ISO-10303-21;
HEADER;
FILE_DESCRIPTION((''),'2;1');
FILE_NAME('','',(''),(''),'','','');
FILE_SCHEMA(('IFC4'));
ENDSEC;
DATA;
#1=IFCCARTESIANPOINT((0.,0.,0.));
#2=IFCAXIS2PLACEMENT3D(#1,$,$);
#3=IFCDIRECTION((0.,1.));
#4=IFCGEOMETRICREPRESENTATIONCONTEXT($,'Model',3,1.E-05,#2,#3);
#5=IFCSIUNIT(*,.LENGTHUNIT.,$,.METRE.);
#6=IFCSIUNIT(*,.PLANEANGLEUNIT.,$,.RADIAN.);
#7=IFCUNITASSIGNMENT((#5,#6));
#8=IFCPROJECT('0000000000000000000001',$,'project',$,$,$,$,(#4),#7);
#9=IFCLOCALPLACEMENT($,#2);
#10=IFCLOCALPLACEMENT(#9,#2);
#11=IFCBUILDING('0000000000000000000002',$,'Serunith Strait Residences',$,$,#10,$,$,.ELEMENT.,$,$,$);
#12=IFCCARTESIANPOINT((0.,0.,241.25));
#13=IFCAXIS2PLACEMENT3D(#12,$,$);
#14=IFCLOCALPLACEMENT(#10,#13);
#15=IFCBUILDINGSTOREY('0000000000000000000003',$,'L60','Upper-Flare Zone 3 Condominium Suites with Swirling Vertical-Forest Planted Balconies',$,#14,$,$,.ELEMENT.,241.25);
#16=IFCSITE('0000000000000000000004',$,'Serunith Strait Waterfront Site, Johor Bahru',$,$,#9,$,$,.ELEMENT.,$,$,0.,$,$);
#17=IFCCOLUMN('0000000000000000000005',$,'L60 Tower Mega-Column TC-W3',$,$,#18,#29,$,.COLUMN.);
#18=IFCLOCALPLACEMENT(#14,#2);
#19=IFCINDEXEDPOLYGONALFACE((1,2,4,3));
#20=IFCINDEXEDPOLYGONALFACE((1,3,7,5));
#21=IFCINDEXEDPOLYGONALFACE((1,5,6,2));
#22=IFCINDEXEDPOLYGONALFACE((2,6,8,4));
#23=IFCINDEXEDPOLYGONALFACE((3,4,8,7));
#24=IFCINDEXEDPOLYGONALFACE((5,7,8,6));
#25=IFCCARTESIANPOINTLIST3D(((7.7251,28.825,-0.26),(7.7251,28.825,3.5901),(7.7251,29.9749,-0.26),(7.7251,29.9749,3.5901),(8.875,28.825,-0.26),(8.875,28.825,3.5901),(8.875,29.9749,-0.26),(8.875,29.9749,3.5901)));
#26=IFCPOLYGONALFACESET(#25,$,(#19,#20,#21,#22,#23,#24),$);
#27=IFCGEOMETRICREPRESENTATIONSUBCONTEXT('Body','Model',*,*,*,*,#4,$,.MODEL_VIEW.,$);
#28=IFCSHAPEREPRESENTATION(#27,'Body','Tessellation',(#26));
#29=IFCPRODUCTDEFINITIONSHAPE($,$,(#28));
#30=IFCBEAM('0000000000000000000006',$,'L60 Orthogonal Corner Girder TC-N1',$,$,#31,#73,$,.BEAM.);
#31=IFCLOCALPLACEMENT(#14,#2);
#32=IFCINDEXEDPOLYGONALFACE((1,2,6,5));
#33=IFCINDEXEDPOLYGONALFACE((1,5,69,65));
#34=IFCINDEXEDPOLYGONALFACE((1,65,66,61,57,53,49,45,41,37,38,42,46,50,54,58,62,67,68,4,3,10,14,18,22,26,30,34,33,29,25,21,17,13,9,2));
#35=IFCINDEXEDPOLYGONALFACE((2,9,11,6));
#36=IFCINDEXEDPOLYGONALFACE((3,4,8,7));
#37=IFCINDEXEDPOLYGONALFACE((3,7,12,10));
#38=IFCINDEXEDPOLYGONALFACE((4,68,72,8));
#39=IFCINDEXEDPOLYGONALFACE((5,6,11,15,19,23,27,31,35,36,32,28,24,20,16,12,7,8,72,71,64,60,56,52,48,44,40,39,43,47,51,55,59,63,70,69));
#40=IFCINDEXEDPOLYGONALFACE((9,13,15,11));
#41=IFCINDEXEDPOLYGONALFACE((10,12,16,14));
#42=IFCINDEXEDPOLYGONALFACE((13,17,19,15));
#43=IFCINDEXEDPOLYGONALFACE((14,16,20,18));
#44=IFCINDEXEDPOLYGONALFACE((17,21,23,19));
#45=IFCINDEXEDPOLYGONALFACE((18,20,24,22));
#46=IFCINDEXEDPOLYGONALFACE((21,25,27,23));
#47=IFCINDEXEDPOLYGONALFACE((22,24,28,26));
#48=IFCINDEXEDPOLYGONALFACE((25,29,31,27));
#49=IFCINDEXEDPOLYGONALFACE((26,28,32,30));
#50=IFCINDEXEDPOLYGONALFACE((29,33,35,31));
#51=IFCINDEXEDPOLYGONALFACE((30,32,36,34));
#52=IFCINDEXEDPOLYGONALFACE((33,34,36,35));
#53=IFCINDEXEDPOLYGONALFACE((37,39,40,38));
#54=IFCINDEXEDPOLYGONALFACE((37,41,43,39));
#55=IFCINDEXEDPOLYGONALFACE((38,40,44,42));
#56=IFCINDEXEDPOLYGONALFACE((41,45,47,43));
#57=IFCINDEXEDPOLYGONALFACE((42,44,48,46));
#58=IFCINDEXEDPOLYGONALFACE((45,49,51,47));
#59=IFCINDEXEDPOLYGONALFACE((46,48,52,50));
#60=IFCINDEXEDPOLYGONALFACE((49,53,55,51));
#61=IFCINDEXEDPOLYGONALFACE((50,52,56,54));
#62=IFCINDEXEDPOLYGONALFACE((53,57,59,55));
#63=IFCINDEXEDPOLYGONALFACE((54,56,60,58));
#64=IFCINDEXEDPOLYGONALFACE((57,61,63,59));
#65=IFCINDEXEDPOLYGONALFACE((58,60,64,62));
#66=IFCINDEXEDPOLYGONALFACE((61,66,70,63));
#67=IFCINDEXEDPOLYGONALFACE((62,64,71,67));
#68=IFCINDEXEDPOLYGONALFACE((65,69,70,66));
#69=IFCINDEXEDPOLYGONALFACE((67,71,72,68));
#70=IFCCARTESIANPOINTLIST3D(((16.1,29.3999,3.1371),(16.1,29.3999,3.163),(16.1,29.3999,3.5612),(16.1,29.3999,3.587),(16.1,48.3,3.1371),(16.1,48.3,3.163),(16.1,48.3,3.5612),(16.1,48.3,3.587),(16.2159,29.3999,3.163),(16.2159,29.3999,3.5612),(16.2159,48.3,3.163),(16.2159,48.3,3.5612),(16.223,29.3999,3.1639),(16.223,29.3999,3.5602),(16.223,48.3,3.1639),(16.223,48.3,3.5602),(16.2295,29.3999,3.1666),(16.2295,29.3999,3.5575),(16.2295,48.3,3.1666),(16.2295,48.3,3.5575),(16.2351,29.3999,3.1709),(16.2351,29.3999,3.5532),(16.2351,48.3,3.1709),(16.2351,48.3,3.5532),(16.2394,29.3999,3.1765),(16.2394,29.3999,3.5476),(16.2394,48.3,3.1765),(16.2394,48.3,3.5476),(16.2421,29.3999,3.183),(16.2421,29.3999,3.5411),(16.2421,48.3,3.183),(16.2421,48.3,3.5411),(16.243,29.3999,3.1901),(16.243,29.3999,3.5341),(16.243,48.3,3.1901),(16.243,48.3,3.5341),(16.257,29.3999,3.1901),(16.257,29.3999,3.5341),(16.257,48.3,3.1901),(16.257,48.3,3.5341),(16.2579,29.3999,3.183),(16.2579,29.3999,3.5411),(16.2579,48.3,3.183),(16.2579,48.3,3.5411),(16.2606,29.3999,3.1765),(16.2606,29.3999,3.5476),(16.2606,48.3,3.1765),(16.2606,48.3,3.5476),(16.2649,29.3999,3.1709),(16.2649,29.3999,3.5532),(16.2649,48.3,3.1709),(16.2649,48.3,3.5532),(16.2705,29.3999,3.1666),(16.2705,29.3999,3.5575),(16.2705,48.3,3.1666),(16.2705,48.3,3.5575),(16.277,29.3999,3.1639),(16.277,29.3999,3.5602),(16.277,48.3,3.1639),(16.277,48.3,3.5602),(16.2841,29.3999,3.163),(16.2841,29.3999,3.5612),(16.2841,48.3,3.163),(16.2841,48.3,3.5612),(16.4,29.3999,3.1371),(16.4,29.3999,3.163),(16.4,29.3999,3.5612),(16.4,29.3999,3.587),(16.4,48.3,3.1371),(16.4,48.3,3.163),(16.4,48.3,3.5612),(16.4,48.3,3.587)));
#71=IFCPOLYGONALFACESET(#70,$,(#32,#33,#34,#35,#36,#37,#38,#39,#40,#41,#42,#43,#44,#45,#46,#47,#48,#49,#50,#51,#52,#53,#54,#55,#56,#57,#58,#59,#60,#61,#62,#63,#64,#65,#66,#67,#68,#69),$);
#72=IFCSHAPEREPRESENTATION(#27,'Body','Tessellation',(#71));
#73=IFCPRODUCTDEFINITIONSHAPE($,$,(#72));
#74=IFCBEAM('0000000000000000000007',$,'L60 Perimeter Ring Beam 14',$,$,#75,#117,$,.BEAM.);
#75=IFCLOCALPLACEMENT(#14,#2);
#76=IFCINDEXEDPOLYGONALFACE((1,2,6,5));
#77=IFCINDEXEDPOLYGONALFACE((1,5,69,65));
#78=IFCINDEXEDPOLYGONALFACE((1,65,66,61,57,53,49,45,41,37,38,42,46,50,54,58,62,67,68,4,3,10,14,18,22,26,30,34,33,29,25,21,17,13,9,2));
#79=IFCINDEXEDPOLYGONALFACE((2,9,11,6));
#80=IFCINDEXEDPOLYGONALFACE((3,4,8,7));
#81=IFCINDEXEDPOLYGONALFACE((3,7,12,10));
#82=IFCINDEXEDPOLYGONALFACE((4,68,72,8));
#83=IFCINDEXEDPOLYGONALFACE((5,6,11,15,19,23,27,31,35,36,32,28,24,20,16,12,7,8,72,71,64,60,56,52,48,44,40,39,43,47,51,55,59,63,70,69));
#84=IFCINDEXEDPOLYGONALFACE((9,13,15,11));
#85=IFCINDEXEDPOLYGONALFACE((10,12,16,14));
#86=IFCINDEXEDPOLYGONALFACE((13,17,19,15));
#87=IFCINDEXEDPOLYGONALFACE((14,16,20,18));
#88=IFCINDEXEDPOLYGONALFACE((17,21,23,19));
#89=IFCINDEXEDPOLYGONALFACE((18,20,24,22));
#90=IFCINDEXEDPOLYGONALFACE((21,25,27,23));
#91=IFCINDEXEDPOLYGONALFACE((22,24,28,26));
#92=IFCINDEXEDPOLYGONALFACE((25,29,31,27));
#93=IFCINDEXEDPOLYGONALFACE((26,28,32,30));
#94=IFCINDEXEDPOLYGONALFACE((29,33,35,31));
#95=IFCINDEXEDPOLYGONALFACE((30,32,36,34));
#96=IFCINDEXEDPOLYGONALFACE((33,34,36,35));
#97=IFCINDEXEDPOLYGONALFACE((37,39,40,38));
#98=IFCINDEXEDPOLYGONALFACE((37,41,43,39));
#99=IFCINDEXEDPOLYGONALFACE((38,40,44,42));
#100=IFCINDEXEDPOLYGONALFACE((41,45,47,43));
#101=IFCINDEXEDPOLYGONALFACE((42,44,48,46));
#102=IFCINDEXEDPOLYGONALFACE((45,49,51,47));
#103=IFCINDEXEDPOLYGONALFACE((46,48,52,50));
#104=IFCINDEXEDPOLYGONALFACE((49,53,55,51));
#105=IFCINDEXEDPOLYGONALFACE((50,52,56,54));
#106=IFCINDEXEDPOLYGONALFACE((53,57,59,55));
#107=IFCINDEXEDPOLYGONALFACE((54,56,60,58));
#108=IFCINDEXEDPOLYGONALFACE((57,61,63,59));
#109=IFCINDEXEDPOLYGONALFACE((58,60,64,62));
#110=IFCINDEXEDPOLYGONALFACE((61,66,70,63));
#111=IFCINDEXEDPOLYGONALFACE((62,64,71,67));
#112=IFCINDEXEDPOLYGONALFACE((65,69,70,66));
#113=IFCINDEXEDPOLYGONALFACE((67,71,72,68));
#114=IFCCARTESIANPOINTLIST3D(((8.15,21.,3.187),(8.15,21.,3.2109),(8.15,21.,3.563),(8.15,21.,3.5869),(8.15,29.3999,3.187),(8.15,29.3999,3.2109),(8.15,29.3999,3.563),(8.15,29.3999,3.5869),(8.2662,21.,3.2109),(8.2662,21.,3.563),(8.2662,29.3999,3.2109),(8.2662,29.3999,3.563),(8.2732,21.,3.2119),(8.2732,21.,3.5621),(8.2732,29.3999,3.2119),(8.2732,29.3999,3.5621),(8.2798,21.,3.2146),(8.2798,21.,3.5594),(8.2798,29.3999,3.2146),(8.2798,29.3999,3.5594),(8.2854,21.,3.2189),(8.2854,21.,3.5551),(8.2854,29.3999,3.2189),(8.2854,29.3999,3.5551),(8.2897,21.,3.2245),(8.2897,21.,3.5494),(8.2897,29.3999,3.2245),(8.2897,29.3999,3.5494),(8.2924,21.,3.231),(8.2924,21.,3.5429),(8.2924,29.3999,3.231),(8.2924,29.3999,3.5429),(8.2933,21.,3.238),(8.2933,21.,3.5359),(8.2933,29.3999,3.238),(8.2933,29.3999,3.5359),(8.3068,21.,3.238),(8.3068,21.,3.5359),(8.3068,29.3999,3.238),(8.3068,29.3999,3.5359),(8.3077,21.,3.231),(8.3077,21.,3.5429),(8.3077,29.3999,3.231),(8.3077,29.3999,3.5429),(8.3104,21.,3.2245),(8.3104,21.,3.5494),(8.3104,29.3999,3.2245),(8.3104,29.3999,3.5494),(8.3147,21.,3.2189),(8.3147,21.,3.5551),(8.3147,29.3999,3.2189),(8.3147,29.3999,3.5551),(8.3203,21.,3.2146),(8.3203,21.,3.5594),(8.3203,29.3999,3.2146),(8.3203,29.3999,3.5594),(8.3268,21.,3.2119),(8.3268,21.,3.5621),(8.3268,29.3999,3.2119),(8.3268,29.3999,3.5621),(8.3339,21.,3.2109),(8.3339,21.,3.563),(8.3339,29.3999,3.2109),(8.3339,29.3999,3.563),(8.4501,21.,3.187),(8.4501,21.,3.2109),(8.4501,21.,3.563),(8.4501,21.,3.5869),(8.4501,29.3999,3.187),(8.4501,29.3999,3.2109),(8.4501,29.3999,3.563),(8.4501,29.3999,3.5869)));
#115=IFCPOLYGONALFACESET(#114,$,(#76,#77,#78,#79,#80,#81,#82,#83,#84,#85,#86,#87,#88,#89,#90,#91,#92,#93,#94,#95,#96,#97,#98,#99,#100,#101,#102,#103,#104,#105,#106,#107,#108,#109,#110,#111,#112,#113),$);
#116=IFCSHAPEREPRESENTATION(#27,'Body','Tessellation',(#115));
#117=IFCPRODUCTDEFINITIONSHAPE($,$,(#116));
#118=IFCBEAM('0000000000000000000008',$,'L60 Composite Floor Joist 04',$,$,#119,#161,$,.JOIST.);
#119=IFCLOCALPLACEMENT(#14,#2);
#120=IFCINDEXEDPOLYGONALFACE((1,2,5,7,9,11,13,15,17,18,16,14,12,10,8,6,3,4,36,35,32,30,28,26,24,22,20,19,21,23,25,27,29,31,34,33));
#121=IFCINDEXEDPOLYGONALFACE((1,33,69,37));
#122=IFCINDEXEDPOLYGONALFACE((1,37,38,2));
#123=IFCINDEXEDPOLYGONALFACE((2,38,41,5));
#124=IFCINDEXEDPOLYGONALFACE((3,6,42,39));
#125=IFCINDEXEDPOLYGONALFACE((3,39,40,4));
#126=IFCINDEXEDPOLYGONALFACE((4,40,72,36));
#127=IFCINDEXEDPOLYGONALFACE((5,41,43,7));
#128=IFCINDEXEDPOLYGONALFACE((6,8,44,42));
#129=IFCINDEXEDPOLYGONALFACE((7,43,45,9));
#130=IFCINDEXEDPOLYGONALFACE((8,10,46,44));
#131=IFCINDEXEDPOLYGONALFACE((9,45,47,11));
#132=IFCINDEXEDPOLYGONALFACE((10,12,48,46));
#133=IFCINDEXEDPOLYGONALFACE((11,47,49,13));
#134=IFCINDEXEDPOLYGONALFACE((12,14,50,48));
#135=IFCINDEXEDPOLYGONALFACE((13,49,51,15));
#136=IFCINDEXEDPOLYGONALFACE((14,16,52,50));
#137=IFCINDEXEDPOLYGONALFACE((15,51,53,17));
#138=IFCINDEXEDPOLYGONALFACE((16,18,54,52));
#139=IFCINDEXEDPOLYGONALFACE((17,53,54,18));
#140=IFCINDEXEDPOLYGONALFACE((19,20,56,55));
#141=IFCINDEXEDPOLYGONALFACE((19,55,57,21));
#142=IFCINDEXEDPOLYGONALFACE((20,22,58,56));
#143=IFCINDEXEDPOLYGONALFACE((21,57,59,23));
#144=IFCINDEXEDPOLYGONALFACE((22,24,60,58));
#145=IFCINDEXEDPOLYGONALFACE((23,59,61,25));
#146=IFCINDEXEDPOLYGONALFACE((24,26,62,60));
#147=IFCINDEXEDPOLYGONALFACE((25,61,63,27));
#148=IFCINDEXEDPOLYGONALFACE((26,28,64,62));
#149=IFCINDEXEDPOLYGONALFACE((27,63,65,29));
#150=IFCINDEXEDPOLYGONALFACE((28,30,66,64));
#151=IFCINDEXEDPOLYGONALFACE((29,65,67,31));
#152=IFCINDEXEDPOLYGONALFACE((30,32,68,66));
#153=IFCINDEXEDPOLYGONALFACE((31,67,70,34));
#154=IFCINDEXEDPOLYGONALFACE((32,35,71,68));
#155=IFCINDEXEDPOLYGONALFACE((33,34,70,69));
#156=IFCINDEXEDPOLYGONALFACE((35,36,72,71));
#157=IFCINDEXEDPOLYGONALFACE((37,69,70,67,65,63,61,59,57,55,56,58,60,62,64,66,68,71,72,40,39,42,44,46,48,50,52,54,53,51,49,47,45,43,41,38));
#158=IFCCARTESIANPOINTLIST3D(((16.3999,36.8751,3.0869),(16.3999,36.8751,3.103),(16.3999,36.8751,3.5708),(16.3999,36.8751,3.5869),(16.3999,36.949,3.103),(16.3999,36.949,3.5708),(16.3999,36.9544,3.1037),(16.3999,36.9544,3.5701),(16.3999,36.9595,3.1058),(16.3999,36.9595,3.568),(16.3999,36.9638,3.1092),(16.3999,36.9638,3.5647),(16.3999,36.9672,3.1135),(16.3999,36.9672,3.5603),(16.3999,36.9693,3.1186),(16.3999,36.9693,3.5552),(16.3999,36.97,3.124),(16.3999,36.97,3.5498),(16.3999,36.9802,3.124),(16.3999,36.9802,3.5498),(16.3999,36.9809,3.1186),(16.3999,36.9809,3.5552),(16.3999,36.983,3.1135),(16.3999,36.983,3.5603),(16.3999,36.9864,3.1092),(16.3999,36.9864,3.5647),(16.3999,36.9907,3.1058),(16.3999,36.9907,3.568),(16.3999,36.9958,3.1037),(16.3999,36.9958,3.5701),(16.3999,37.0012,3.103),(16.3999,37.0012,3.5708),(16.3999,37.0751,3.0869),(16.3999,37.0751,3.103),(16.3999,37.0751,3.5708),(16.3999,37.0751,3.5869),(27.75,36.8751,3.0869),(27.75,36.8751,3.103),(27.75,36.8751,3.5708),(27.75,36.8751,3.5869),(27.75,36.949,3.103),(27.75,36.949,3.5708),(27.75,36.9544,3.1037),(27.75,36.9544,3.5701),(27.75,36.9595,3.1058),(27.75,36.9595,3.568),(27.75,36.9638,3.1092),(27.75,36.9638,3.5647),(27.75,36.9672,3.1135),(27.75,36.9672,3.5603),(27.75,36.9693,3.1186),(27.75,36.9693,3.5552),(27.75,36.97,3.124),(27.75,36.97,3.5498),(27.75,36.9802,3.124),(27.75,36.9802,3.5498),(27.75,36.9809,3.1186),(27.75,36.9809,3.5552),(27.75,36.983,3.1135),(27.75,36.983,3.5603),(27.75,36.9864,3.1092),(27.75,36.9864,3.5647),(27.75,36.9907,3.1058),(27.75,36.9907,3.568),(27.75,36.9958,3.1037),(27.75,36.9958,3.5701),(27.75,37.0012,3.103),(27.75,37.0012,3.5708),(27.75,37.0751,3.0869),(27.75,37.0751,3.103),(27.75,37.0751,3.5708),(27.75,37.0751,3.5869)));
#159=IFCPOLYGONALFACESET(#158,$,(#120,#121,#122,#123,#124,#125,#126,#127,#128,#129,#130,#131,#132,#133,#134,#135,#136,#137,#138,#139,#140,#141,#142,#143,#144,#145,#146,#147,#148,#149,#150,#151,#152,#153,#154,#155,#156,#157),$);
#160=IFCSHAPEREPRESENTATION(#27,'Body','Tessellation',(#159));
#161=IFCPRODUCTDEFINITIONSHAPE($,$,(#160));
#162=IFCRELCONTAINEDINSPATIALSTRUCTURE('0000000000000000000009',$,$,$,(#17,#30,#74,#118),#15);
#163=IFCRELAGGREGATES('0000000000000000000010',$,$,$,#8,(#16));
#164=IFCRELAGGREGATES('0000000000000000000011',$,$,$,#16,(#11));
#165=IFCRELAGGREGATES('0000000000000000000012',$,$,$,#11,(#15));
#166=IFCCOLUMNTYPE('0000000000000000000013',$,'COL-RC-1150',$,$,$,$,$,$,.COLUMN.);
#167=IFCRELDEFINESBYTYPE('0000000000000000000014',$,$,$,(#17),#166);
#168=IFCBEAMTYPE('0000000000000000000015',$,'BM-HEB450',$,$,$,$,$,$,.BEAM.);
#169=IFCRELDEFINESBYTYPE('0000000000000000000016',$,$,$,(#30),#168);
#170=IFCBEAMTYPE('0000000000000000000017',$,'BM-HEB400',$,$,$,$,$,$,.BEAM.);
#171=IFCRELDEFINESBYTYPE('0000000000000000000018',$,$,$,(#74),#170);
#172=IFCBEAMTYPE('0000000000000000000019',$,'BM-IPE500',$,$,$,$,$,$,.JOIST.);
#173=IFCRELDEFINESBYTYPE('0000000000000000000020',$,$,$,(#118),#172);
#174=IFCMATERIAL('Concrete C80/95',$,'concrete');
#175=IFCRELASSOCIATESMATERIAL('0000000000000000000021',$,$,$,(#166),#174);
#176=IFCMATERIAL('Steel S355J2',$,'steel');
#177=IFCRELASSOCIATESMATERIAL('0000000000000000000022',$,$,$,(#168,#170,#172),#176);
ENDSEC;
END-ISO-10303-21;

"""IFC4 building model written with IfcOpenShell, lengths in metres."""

from ifc_helpers import new_model, si_unit, direction, frame, origin, origin_2d, place, context, subcontext, project, spatial, rectangle, i_section, extrude, source, transform, mapped, material, material_profile, profile_set, type_object, element, save


model = new_model("IFC4")

# Units and contexts
model_context = context("Model", 3, precision=1e-05, world=origin(), true_north=direction((0.0, 1.0)))
body_context = subcontext(model_context, "Body", "Model", "MODEL_VIEW")
ifc_project = project(units=[si_unit("LENGTHUNIT", "METRE"), si_unit("PLANEANGLEUNIT", "RADIAN")], contexts=[model_context])

# Site, building, storey
site_placement = place(None, origin())
site = spatial("IfcSite", under=ifc_project, at=site_placement, Name="Serunith Strait Waterfront Site, Johor Bahru", CompositionType="ELEMENT", RefElevation=0.0)
building_placement = place(site_placement, origin())
building = spatial("IfcBuilding", under=site, at=building_placement, Name="Serunith Strait Residences", CompositionType="ELEMENT")
storey_placement = place(building_placement, frame((0.0, 0.0, 241.25)))
storey = spatial("IfcBuildingStorey", under=building, at=storey_placement, Name="L60", Description="Upper-Flare Zone 3 Condominium Suites with Swirling Vertical-Forest Planted Balconies", CompositionType="ELEMENT", Elevation=241.25)

# Column
ifc_material_1 = material(Name="Concrete C80/95", Category="concrete")
ifc_material_profile_1 = material_profile(ifc_material_1, rectangle(XDim=1.1499, YDim=1.1499, at=origin_2d()), Name="RC 1150x1150")
ifc_profile_set_1 = profile_set([ifc_material_profile_1], Name="Concrete C80/95")
column_type = type_object("IfcColumnType", Name="COL-RC-1150", PredefinedType="COLUMN", material=ifc_profile_set_1)
shared_shape_1 = source(origin(), body_context, "Body", "SweptSolid", [
    extrude(rectangle(XDim=1.1499, YDim=1.1499, at=origin_2d()), origin(), (0.0, 0.0, 1.0), 3.8501),
])
column_placement = place(storey_placement, frame((8.3, 29.3999, -0.26), z_axis=(0.0, 0.0, 1.0), x_axis=(1.0, 0.0, 0.0)))
element("IfcColumn", 1, at=column_placement, inside=storey, type_object=column_type, Name="L60 Tower Mega-Column TC-W3", PredefinedType="COLUMN", context=body_context, shape_type="MappedRepresentation", body=[
    mapped(shared_shape_1, transform((0.0, 0.0, 0.0), scale=1.0)),
])

# Beams
ifc_material_2 = material(Name="Steel S355J2", Category="steel")
ifc_material_profile_2 = material_profile(ifc_material_2, i_section(OverallWidth=0.3, OverallDepth=0.45, WebThickness=0.0139, FlangeThickness=0.0259, FilletRadius=0.0271, at=origin_2d()), Name="HEB 450")
ifc_profile_set_2 = profile_set([ifc_material_profile_2], Name="Steel S355J2")
beam_type_1 = type_object("IfcBeamType", Name="BM-HEB450", PredefinedType="BEAM", material=ifc_profile_set_2)
shared_shape_2 = source(origin(), body_context, "Body", "SweptSolid", [
    extrude(i_section(OverallWidth=0.3, OverallDepth=0.45, WebThickness=0.0139, FlangeThickness=0.0259, FilletRadius=0.0271, at=origin_2d()), origin(), (0.0, 0.0, 1.0), 18.9001),
])
beam_1_placement = place(storey_placement, frame((16.25, 29.3999, 3.3621), z_axis=(0.0, 1.0, 0.0), x_axis=(-1.0, 0.0, 0.0)))
element("IfcBeam", 2, at=beam_1_placement, inside=storey, type_object=beam_type_1, Name="L60 Orthogonal Corner Girder TC-N1", PredefinedType="BEAM", context=body_context, shape_type="MappedRepresentation", body=[
    mapped(shared_shape_2, transform((0.0, 0.0, 0.0), scale=1.0)),
])
ifc_material_profile_3 = material_profile(ifc_material_2, i_section(OverallWidth=0.3, OverallDepth=0.3999, WebThickness=0.0134, FlangeThickness=0.0239, FilletRadius=0.0271, at=origin_2d()), Name="HEB 400")
ifc_profile_set_3 = profile_set([ifc_material_profile_3], Name="Steel S355J2")
beam_type_2 = type_object("IfcBeamType", Name="BM-HEB400", PredefinedType="BEAM", material=ifc_profile_set_3)
shared_shape_3 = source(origin(), body_context, "Body", "SweptSolid", [
    extrude(i_section(OverallWidth=0.3, OverallDepth=0.3999, WebThickness=0.0134, FlangeThickness=0.0239, FilletRadius=0.0271, at=origin_2d()), origin(), (0.0, 0.0, 1.0), 8.3999),
])
beam_2_placement = place(storey_placement, frame((8.3, 29.3999, 3.387), z_axis=(0.0, -1.0, 0.0), x_axis=(1.0, 0.0, 0.0)))
element("IfcBeam", 3, at=beam_2_placement, inside=storey, type_object=beam_type_2, Name="L60 Perimeter Ring Beam 14", PredefinedType="BEAM", context=body_context, shape_type="MappedRepresentation", body=[
    mapped(shared_shape_3, transform((0.0, 0.0, 0.0), scale=1.0)),
])
ifc_material_profile_4 = material_profile(ifc_material_2, i_section(OverallWidth=0.2, OverallDepth=0.5, WebThickness=0.0103, FlangeThickness=0.0161, FilletRadius=0.021, at=origin_2d()), Name="IPE 500")
ifc_profile_set_4 = profile_set([ifc_material_profile_4], Name="Steel S355J2")
beam_type_3 = type_object("IfcBeamType", Name="BM-IPE500", PredefinedType="JOIST", material=ifc_profile_set_4)
shared_shape_4 = source(origin(), body_context, "Body", "SweptSolid", [
    extrude(i_section(OverallWidth=0.2, OverallDepth=0.5, WebThickness=0.0103, FlangeThickness=0.0161, FilletRadius=0.021, at=origin_2d()), origin(), (0.0, 0.0, 1.0), 11.3501),
])
beam_3_placement = place(storey_placement, frame((16.3999, 36.9751, 3.3369), z_axis=(1.0, 0.0, 0.0), x_axis=(0.0, 1.0, 0.0)))
element("IfcBeam", 4, at=beam_3_placement, inside=storey, type_object=beam_type_3, Name="L60 Composite Floor Joist 04", PredefinedType="JOIST", context=body_context, shape_type="MappedRepresentation", body=[
    mapped(shared_shape_4, transform((0.0, 0.0, 0.0), scale=1.0)),
])

save(model, "model.ifc")
